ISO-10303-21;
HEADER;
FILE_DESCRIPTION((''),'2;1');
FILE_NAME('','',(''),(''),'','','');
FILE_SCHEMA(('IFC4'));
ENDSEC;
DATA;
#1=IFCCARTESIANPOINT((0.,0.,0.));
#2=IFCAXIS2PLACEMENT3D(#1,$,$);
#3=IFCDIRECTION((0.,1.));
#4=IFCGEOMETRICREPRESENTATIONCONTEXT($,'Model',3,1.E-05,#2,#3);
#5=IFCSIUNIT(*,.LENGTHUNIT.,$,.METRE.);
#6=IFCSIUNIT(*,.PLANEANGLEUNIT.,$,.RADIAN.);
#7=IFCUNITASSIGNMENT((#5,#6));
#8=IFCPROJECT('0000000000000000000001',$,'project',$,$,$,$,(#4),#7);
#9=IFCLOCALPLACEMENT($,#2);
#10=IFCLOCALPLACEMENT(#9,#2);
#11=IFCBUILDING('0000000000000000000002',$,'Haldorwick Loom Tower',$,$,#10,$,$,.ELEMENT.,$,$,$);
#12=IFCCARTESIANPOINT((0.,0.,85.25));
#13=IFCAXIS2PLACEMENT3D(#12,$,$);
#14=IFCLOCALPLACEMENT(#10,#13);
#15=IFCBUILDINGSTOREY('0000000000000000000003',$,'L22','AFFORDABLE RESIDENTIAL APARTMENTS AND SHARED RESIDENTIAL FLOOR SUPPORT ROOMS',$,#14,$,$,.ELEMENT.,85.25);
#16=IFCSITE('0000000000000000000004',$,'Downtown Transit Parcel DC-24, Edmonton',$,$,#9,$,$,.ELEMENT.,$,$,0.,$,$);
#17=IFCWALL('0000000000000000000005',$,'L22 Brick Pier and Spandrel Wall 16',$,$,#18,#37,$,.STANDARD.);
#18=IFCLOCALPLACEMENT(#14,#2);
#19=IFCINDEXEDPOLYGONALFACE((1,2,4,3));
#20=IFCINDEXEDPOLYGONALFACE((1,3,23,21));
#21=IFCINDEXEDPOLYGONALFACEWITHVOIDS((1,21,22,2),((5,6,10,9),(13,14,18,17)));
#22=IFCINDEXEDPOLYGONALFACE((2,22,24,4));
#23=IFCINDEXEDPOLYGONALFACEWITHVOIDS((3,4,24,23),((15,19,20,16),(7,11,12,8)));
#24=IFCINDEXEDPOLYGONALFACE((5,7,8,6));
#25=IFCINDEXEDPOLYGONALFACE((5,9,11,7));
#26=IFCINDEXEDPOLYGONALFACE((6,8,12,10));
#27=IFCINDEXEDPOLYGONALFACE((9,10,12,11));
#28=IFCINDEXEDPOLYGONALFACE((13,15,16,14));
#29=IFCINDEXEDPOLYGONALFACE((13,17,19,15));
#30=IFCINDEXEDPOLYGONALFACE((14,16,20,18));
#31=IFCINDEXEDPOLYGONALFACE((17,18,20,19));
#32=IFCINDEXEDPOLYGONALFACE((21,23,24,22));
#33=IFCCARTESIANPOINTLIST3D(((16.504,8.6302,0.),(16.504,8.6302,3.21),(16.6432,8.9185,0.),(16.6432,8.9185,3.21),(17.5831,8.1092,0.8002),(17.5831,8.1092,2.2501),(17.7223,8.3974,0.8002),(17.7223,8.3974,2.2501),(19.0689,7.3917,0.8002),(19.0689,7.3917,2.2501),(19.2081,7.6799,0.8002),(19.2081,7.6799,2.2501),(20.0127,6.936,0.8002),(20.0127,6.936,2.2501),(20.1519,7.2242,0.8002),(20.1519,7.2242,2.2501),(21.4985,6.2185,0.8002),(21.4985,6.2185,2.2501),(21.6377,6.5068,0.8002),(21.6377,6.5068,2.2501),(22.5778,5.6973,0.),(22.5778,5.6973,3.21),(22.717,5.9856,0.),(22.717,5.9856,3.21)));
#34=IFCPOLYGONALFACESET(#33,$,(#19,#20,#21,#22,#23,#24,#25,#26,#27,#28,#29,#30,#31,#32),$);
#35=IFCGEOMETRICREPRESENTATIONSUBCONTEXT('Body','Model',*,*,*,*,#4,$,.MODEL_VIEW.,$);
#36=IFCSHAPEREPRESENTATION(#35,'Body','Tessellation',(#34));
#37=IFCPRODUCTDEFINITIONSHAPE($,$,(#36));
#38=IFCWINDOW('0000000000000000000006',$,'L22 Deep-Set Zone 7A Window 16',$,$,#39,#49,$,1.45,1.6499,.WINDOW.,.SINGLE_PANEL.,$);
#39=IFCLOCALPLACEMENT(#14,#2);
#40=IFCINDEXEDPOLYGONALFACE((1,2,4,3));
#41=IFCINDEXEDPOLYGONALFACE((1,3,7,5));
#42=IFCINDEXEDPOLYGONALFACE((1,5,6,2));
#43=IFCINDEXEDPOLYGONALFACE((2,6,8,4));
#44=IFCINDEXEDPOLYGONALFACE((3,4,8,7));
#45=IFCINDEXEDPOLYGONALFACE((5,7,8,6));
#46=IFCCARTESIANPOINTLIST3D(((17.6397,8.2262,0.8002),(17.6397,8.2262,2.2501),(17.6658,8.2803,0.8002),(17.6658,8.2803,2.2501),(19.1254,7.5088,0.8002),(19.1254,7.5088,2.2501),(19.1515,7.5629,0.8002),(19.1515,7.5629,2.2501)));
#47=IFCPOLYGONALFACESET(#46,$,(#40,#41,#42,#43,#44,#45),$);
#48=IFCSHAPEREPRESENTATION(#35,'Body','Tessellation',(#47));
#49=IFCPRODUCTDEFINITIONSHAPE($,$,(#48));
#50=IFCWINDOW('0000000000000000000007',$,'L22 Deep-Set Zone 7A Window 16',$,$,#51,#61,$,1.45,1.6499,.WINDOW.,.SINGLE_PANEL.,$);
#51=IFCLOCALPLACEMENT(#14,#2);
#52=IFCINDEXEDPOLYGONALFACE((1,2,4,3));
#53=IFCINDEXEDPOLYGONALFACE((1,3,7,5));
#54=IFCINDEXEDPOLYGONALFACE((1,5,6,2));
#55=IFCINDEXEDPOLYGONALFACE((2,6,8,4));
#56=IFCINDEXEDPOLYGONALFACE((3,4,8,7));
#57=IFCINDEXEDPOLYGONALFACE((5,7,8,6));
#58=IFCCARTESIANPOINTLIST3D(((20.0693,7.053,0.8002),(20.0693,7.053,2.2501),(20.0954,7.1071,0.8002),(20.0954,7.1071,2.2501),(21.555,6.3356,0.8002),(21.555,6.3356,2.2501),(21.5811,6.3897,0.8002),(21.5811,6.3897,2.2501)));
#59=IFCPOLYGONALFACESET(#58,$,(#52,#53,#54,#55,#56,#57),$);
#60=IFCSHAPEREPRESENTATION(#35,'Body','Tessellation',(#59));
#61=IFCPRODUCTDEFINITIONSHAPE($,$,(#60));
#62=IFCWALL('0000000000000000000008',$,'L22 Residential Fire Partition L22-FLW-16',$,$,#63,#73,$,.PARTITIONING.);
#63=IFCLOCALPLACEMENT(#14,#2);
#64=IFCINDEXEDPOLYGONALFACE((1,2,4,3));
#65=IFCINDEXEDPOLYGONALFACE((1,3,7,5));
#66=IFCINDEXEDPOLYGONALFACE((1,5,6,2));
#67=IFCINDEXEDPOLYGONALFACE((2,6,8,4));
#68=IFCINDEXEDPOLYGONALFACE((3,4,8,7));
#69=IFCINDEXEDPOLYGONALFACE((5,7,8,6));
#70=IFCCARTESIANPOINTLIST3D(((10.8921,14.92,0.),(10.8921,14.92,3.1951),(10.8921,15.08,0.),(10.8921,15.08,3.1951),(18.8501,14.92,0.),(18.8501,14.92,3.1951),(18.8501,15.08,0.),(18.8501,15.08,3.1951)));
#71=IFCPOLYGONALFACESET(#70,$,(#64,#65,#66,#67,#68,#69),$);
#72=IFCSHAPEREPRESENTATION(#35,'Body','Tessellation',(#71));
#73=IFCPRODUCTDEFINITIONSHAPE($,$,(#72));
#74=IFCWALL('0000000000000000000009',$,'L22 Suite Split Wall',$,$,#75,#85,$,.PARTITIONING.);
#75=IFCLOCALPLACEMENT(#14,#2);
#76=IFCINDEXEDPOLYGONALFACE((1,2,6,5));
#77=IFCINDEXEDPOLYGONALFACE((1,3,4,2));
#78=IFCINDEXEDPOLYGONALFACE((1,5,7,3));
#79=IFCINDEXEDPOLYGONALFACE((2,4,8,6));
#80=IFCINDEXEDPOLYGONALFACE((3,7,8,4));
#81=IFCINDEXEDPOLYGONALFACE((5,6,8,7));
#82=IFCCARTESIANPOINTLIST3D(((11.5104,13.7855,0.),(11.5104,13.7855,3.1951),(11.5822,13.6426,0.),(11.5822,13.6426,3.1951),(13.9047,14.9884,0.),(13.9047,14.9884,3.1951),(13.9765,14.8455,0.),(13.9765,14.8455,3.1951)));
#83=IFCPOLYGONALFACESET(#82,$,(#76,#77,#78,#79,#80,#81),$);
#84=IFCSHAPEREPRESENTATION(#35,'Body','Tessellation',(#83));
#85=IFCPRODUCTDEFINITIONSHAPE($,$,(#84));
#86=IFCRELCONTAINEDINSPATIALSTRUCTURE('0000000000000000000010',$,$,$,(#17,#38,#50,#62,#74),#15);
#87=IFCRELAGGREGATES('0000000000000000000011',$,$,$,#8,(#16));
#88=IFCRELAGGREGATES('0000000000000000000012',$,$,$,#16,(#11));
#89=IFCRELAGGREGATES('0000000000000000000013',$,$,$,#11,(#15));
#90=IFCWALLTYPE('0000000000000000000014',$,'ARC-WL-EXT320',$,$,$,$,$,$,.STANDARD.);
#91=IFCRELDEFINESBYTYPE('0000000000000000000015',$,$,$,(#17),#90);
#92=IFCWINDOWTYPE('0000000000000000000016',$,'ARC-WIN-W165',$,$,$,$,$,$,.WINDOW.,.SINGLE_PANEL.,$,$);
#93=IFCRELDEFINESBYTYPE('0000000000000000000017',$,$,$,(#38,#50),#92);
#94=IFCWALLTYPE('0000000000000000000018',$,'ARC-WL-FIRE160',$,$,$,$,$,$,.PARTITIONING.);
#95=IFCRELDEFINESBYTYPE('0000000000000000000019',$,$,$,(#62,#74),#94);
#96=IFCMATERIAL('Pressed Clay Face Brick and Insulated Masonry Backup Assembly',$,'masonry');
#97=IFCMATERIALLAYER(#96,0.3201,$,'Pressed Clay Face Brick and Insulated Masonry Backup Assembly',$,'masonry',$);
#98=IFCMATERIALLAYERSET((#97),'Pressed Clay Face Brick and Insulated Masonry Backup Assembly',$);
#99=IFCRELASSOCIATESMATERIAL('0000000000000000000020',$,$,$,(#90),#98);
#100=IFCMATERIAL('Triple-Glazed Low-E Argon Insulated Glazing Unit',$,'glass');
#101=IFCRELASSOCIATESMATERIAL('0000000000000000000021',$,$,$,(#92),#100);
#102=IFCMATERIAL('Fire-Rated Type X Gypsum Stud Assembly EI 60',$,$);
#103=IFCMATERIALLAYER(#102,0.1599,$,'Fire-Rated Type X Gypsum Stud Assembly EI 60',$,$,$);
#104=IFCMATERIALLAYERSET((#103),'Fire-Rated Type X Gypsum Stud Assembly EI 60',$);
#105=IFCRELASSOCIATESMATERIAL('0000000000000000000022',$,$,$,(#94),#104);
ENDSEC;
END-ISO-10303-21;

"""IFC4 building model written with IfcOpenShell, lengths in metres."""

from ifc_helpers import new_model, si_unit, direction, frame, frame_2d, origin, place, context, subcontext, project, spatial, rectangle, extrude, material, layer, layer_set, type_object, element, fill, save


model = new_model("IFC4")

# Units and contexts
model_context = context("Model", 3, precision=1e-05, world=origin(), true_north=direction((0.0, 1.0)))
body_context = subcontext(model_context, "Body", "Model", "MODEL_VIEW")
ifc_project = project(units=[si_unit("LENGTHUNIT", "METRE"), si_unit("PLANEANGLEUNIT", "RADIAN")], contexts=[model_context])

# Site, building, storey
site_placement = place(None, origin())
site = spatial("IfcSite", under=ifc_project, at=site_placement, Name="Downtown Transit Parcel DC-24, Edmonton", CompositionType="ELEMENT", RefElevation=0.0)
building_placement = place(site_placement, origin())
building = spatial("IfcBuilding", under=site, at=building_placement, Name="Haldorwick Loom Tower", CompositionType="ELEMENT")
storey_placement = place(building_placement, frame((0.0, 0.0, 85.25)))
storey = spatial("IfcBuildingStorey", under=building, at=storey_placement, Name="L22", Description="AFFORDABLE RESIDENTIAL APARTMENTS AND SHARED RESIDENTIAL FLOOR SUPPORT ROOMS", CompositionType="ELEMENT", Elevation=85.25)

# Shared definitions
ifc_material_1 = material(Name="Pressed Clay Face Brick and Insulated Masonry Backup Assembly", Category="masonry")
ifc_layer_1 = layer(ifc_material_1, 0.3201, Name="Pressed Clay Face Brick and Insulated Masonry Backup Assembly", Category="masonry")
ifc_layer_set_1 = layer_set([ifc_layer_1], Name="Pressed Clay Face Brick and Insulated Masonry Backup Assembly")
wall_type_1 = type_object("IfcWallType", Name="ARC-WL-EXT320", PredefinedType="STANDARD", material=ifc_layer_set_1)

# Wall, openings, windows
wall_1_placement = place(storey_placement, frame((16.5735, 8.7744, 0.0), z_axis=(0.0, 0.0, 1.0), x_axis=(0.90051, -0.434835, 0.0)))
wall_1 = element("IfcWall", 1, at=wall_1_placement, inside=storey, type_object=wall_type_1, Name="L22 Brick Pier and Spandrel Wall 16", PredefinedType="STANDARD", context=body_context, shape_type="SweptSolid", body=[
    extrude(rectangle(XDim=6.7449, YDim=0.3201, at=frame_2d((3.3726, 0.0))), origin(), (0.0, 0.0, 1.0), 3.21),
])
opening_1_placement = place(wall_1_placement, frame((1.1985, 0.0, 0.8)))
opening_1 = element("IfcOpeningElement", 2, at=opening_1_placement, cuts=wall_1, PredefinedType="OPENING", context=body_context, shape_type="SweptSolid", body=[
    extrude(rectangle(XDim=1.6499, YDim=1.45, at=frame_2d((0.825, 0.7251))), frame((0.0, 0.1699, 0.0), z_axis=(0.0, -1.0, 0.0), x_axis=(1.0, 0.0, 0.0)), (0.0, 0.0, 1.0), 0.3401),
])
opening_2_placement = place(wall_1_placement, frame((3.8965, 0.0, 0.8)))
opening_2 = element("IfcOpeningElement", 3, at=opening_2_placement, cuts=wall_1, PredefinedType="OPENING", context=body_context, shape_type="SweptSolid", body=[
    extrude(rectangle(XDim=1.6499, YDim=1.45, at=frame_2d((0.825, 0.7251))), frame((0.0, 0.1699, 0.0), z_axis=(0.0, -1.0, 0.0), x_axis=(1.0, 0.0, 0.0)), (0.0, 0.0, 1.0), 0.3401),
])
ifc_material_2 = material(Name="Triple-Glazed Low-E Argon Insulated Glazing Unit", Category="glass")
window_type = type_object("IfcWindowType", Name="ARC-WIN-W165", PartitioningType="SINGLE_PANEL", PredefinedType="WINDOW", material=ifc_material_2)
window_1_placement = place(opening_1_placement, origin())
window_1 = element("IfcWindow", 4, at=window_1_placement, inside=storey, type_object=window_type, Name="L22 Deep-Set Zone 7A Window 16", OverallHeight=1.45, OverallWidth=1.6499, PartitioningType="SINGLE_PANEL", PredefinedType="WINDOW", context=body_context, shape_type="SweptSolid", body=[
    extrude(rectangle(XDim=1.6499, YDim=1.45, at=frame_2d((0.825, 0.7251))), frame((0.0, 0.03, 0.0), z_axis=(0.0, -1.0, 0.0), x_axis=(1.0, 0.0, 0.0)), (0.0, 0.0, 1.0), 0.0601),
])
fill(opening_1, window_1)
window_2_placement = place(opening_2_placement, origin())
window_2 = element("IfcWindow", 5, at=window_2_placement, inside=storey, type_object=window_type, Name="L22 Deep-Set Zone 7A Window 16", OverallHeight=1.45, OverallWidth=1.6499, PartitioningType="SINGLE_PANEL", PredefinedType="WINDOW", context=body_context, shape_type="SweptSolid", body=[
    extrude(rectangle(XDim=1.6499, YDim=1.45, at=frame_2d((0.825, 0.7251))), frame((0.0, 0.03, 0.0), z_axis=(0.0, -1.0, 0.0), x_axis=(1.0, 0.0, 0.0)), (0.0, 0.0, 1.0), 0.0601),
])
fill(opening_2, window_2)

# Walls
ifc_material_3 = material(Name="Fire-Rated Type X Gypsum Stud Assembly EI 60")
ifc_layer_2 = layer(ifc_material_3, 0.1599, Name="Fire-Rated Type X Gypsum Stud Assembly EI 60")
ifc_layer_set_2 = layer_set([ifc_layer_2], Name="Fire-Rated Type X Gypsum Stud Assembly EI 60")
wall_type_2 = type_object("IfcWallType", Name="ARC-WL-FIRE160", PredefinedType="PARTITIONING", material=ifc_layer_set_2)
wall_2_placement = place(storey_placement, frame((10.8921, 15.0, 0.0), z_axis=(0.0, 0.0, 1.0), x_axis=(1.0, 0.0, 0.0)))
element("IfcWall", 6, at=wall_2_placement, inside=storey, type_object=wall_type_2, Name="L22 Residential Fire Partition L22-FLW-16", PredefinedType="PARTITIONING", context=body_context, shape_type="SweptSolid", body=[
    extrude(rectangle(XDim=7.958, YDim=0.1599, at=frame_2d((3.979, 0.0))), origin(), (0.0, 0.0, 1.0), 3.1951),
])
wall_3_placement = place(storey_placement, frame((13.9407, 14.917, 0.0), z_axis=(0.0, 0.0, 1.0), x_axis=(-0.893569, -0.448926, 0.0)))
element("IfcWall", 7, at=wall_3_placement, inside=storey, type_object=wall_type_2, Name="L22 Suite Split Wall", PredefinedType="PARTITIONING", context=body_context, shape_type="SweptSolid", body=[
    extrude(rectangle(XDim=2.6794, YDim=0.1599, at=frame_2d((1.3398, 0.0))), origin(), (0.0, 0.0, 1.0), 3.1951),
])

save(model, "model.ifc")
